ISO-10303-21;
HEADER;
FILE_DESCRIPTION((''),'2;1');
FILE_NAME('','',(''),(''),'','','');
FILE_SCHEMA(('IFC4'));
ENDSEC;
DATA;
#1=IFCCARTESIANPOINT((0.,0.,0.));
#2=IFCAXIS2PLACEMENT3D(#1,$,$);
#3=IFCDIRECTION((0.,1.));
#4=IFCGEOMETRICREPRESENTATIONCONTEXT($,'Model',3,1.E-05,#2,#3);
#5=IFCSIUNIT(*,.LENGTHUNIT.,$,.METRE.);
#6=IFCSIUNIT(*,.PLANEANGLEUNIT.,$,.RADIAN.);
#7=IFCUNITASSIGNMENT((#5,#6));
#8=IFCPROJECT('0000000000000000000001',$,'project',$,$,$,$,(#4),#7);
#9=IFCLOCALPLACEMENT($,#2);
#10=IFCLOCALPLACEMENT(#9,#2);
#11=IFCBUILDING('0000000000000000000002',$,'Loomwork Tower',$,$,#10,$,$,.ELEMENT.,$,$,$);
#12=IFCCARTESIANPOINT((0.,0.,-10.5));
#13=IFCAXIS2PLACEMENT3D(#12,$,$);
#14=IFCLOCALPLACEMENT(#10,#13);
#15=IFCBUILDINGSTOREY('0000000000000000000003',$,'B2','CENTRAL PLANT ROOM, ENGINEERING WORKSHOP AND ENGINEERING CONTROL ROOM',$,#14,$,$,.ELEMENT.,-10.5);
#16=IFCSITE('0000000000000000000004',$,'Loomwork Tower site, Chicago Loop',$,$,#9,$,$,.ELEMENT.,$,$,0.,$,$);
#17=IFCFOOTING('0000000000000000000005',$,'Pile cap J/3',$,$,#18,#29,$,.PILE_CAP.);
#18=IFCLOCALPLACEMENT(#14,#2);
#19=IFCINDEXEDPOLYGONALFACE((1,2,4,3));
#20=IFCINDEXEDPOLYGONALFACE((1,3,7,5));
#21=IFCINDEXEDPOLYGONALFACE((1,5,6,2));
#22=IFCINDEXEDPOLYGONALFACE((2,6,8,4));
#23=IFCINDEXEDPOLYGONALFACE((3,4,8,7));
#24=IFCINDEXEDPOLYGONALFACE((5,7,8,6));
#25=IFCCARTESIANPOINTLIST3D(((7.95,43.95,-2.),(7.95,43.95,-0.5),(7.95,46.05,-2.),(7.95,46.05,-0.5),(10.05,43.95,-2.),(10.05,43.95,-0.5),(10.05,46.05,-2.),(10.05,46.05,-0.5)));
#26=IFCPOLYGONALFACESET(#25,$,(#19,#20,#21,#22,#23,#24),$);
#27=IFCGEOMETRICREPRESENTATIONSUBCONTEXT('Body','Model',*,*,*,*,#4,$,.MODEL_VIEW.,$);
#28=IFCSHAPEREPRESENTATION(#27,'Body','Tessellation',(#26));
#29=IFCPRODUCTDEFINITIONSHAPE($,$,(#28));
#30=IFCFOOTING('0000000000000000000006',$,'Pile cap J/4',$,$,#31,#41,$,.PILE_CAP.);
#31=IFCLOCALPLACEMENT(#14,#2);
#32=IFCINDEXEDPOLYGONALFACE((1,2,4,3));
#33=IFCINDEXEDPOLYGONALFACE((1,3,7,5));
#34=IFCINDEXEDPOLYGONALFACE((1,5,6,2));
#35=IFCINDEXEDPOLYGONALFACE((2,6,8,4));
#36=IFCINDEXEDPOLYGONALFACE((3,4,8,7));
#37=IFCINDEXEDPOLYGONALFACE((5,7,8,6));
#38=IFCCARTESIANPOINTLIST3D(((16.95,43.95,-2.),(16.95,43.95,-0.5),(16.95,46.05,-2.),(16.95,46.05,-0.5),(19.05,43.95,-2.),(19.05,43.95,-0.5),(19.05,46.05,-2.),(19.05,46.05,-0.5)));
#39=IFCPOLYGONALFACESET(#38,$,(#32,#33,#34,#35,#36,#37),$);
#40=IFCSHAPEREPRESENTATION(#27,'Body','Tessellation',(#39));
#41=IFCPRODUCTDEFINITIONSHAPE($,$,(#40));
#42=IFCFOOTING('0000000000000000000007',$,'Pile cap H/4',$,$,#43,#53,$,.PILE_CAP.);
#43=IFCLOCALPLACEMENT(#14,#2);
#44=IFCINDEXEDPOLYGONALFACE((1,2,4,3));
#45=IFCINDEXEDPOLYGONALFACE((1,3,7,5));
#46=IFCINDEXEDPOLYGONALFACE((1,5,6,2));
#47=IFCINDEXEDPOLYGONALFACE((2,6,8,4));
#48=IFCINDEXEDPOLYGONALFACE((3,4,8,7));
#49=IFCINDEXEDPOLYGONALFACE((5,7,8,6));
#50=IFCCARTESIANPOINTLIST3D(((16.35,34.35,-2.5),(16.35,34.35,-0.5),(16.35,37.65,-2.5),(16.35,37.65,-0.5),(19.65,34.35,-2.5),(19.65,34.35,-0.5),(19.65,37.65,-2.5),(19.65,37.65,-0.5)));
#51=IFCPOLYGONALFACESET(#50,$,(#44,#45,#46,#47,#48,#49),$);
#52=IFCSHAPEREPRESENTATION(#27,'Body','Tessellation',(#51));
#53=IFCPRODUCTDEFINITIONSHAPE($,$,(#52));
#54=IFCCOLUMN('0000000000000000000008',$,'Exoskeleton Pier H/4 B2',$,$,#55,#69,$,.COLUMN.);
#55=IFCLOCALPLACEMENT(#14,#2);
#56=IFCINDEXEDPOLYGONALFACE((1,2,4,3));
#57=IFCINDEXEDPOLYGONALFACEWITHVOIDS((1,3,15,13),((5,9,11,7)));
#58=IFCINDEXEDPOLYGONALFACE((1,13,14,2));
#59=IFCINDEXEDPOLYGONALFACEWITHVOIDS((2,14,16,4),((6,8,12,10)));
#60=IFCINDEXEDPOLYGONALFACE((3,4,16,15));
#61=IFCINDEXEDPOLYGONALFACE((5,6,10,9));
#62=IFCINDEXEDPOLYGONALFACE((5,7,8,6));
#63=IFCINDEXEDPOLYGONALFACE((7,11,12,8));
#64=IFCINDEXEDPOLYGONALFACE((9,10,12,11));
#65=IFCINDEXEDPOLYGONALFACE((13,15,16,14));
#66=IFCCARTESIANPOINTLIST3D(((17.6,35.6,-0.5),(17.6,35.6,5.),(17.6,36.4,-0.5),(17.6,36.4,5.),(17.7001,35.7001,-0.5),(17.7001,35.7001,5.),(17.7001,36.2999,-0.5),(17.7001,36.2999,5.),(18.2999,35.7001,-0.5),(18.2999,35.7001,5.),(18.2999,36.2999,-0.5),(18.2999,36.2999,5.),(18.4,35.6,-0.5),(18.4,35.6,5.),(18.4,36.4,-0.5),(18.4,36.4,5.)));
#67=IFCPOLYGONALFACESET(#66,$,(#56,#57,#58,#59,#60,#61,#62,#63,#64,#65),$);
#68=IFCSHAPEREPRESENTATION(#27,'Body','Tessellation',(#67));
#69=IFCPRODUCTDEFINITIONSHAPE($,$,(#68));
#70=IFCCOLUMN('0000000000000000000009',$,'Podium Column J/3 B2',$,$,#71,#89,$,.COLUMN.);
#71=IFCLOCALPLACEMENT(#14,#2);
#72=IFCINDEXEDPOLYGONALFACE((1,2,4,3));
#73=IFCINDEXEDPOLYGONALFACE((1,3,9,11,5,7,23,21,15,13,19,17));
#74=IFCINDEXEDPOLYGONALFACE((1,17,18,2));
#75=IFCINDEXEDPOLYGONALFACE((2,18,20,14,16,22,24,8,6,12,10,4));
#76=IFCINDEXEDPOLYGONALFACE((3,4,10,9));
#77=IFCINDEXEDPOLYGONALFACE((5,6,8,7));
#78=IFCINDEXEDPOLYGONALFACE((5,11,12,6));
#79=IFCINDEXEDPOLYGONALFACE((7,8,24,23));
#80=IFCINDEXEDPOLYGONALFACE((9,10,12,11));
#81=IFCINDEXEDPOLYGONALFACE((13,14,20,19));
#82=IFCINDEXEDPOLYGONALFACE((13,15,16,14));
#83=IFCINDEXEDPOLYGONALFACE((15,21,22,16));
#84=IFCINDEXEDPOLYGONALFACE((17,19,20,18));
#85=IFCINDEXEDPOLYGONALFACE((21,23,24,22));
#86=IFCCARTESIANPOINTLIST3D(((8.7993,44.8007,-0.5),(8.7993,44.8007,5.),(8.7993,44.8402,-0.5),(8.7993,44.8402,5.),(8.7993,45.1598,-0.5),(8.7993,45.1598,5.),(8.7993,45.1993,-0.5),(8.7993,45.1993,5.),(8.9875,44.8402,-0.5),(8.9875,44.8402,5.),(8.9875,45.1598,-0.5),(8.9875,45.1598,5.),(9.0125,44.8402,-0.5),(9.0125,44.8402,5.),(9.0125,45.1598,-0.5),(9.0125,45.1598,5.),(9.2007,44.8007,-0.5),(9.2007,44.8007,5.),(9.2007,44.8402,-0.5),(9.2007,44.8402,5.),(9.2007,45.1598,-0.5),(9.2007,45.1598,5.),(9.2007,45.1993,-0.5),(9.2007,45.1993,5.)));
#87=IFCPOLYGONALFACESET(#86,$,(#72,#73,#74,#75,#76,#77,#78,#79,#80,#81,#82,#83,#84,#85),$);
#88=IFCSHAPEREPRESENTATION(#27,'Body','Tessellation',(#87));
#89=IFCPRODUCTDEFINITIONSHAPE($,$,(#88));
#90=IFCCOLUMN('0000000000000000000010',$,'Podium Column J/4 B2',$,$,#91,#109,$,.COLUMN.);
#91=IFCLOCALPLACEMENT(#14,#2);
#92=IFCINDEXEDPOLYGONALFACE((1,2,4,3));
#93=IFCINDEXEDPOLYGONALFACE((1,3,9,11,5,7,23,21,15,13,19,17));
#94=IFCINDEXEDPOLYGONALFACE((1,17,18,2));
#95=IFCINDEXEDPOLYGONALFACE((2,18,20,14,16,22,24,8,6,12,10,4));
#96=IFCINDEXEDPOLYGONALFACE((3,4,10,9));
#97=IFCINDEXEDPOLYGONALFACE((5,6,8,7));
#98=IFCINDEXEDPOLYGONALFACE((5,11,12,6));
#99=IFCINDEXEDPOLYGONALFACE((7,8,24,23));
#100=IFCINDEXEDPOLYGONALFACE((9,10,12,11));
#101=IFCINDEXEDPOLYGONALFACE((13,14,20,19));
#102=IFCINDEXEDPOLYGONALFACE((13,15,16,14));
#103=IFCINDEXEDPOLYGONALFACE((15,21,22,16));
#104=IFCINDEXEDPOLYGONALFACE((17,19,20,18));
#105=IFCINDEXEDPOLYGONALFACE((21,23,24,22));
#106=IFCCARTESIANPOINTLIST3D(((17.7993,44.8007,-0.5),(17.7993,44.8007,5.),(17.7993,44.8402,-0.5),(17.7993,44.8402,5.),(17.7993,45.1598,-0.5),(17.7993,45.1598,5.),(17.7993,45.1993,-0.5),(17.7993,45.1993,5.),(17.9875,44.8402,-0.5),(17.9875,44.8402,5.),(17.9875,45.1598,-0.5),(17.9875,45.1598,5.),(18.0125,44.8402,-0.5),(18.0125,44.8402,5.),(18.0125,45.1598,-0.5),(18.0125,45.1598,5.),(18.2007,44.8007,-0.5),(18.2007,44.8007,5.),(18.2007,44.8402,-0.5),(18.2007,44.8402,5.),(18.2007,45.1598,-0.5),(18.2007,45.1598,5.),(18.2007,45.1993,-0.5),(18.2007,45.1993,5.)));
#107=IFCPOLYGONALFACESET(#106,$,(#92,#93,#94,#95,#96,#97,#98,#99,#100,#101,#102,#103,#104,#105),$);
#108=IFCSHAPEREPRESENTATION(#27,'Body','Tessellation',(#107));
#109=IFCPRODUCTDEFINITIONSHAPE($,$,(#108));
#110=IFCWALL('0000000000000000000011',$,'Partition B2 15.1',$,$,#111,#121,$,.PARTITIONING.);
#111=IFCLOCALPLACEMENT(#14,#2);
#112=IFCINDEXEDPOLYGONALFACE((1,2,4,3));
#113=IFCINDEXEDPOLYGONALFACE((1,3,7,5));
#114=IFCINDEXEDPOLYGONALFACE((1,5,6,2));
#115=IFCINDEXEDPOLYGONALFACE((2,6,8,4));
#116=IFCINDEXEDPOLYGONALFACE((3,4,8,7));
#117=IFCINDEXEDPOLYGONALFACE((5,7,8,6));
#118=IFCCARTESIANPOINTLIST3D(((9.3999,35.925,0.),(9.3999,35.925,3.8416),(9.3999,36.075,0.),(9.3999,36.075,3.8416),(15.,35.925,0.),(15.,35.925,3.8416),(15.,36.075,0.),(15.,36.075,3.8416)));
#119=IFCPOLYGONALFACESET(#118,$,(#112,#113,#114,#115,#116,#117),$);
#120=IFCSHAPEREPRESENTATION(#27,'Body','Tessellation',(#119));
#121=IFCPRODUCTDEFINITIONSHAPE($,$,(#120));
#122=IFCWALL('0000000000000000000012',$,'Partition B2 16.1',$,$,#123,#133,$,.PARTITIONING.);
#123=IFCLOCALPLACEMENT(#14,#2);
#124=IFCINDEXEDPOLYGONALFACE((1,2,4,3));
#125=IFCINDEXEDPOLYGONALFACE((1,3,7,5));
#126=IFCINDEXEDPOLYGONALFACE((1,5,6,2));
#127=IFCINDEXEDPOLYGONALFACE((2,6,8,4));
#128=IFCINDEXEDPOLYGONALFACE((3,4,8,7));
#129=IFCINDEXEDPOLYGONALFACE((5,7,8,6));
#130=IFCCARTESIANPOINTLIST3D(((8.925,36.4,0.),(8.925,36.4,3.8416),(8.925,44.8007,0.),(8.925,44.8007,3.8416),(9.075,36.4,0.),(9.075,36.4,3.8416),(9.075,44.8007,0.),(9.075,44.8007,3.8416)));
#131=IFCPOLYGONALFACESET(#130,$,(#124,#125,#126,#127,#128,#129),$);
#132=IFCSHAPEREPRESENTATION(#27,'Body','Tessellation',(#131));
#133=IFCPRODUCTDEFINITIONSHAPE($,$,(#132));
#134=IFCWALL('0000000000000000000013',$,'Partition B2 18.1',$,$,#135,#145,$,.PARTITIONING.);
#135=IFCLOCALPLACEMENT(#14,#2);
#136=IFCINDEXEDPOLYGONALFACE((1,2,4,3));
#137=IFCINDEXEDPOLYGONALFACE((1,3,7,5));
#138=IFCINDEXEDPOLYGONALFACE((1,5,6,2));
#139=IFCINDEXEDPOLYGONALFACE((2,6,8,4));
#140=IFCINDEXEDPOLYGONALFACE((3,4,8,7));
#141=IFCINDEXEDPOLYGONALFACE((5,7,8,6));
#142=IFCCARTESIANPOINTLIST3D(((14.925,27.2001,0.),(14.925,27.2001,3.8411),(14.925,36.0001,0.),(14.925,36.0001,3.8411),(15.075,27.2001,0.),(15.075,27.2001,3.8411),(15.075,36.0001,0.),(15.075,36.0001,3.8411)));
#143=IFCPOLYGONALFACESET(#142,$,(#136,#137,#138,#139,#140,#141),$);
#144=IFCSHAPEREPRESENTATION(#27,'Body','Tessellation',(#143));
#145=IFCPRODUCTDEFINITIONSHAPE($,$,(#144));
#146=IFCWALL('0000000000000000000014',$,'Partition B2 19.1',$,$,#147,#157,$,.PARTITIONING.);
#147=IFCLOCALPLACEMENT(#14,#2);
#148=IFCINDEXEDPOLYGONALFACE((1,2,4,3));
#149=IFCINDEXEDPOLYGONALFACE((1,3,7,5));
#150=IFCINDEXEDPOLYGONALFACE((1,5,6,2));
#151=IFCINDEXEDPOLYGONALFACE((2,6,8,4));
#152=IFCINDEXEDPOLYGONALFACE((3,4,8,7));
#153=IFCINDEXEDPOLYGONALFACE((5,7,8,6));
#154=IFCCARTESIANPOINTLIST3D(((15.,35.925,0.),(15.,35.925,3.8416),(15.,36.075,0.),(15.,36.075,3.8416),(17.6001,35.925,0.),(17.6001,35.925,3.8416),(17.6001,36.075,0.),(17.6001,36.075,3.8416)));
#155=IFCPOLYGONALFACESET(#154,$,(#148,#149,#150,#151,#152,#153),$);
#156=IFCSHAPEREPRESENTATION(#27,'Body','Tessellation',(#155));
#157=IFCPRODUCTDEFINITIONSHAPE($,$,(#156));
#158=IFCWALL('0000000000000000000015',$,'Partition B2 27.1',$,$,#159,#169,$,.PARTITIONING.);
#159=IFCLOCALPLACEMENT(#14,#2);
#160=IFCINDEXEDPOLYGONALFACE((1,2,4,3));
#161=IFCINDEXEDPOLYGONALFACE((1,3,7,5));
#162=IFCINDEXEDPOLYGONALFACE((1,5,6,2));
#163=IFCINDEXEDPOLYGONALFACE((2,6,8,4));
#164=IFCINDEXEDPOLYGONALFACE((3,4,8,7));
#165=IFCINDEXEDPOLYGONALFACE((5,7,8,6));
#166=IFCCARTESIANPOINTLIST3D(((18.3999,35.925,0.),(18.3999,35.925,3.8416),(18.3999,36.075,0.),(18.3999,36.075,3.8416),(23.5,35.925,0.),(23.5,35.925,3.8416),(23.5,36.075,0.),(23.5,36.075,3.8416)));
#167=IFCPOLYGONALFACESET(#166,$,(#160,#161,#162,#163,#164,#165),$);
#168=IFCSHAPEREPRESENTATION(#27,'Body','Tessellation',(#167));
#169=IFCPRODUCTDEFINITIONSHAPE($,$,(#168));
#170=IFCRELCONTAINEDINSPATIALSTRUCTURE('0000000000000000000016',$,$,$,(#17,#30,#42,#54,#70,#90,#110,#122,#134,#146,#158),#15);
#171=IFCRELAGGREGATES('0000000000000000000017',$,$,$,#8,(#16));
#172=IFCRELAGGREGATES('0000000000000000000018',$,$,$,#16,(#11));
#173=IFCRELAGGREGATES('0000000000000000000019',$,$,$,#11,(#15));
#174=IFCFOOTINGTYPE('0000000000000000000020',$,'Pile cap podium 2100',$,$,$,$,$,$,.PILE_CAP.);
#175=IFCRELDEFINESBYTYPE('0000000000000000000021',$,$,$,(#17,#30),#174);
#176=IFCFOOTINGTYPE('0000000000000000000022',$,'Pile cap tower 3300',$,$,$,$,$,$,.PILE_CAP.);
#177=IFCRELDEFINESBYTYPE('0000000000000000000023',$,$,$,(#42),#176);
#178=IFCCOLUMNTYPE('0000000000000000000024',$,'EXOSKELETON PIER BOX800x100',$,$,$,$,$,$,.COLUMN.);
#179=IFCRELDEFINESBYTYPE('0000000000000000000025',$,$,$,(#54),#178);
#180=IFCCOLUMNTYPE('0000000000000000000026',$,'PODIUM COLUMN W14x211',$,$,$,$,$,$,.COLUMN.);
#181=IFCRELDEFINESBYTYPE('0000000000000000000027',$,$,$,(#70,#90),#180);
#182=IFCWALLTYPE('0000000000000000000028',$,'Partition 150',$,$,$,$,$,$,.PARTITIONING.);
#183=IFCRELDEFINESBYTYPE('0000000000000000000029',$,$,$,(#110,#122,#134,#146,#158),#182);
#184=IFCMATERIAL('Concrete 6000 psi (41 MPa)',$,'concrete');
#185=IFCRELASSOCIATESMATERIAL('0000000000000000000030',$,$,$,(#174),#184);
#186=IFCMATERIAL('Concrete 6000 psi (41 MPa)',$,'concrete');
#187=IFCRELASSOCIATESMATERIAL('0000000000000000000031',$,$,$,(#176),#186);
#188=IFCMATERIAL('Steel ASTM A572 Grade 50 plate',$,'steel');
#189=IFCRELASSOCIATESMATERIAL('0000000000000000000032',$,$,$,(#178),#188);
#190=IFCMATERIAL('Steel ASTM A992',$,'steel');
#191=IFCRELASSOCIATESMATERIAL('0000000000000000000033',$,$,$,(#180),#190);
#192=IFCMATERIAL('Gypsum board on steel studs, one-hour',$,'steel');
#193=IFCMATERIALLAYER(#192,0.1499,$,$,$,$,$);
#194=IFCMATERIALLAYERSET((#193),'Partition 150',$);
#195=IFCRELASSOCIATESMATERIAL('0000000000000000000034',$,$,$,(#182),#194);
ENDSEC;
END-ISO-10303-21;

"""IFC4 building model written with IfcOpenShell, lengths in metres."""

from ifc_helpers import new_model, si_unit, direction, frame, frame_2d, origin, origin_2d, place, context, subcontext, project, spatial, rectangle, hollow_rectangle, i_section, extrude, material, layer, layer_set, material_profile, profile_set, type_object, element, save


model = new_model("IFC4")

# Units and contexts
model_context = context("Model", 3, precision=1e-05, world=origin(), true_north=direction((0.0, 1.0)))
body_context = subcontext(model_context, "Body", "Model", "MODEL_VIEW")
ifc_project = project(units=[si_unit("LENGTHUNIT", "METRE"), si_unit("PLANEANGLEUNIT", "RADIAN")], contexts=[model_context])

# Site, building, storey
site_placement = place(None, origin())
site = spatial("IfcSite", under=ifc_project, at=site_placement, Name="Loomwork Tower site, Chicago Loop", CompositionType="ELEMENT", RefElevation=0.0)
building_placement = place(site_placement, origin())
building = spatial("IfcBuilding", under=site, at=building_placement, Name="Loomwork Tower", CompositionType="ELEMENT")
storey_placement = place(building_placement, frame((0.0, 0.0, -10.5)))
storey = spatial("IfcBuildingStorey", under=building, at=storey_placement, Name="B2", Description="CENTRAL PLANT ROOM, ENGINEERING WORKSHOP AND ENGINEERING CONTROL ROOM", CompositionType="ELEMENT", Elevation=-10.5)

# Footings
ifc_material_1 = material(Name="Concrete 6000 psi (41 MPa)", Category="concrete")
footing_type_1 = type_object("IfcFootingType", Name="Pile cap podium 2100", PredefinedType="PILE_CAP", material=ifc_material_1)
for number, where, z_axis, x_axis, name in (
    (1, (9.0, 45.0, -2.0), (0.0, 0.0, 1.0), (1.0, 0.0, 0.0), "Pile cap J/3"),
    (2, (18.0, 45.0, -2.0), (0.0, 0.0, 1.0), (1.0, 0.0, 0.0), "Pile cap J/4"),
):
    element("IfcFooting", number, at=place(storey_placement, frame(where, z_axis=z_axis, x_axis=x_axis)), inside=storey, type_object=footing_type_1, Name=name, PredefinedType="PILE_CAP", context=body_context, shape_type="SweptSolid", body=[
        extrude(rectangle(XDim=2.1001, YDim=2.1001, at=origin_2d()), origin(), (0.0, 0.0, 1.0), 1.5),
    ])
ifc_material_2 = material(Name="Concrete 6000 psi (41 MPa)", Category="concrete")
footing_type_2 = type_object("IfcFootingType", Name="Pile cap tower 3300", PredefinedType="PILE_CAP", material=ifc_material_2)
footing_placement = place(storey_placement, frame((18.0, 36.0, -2.5), z_axis=(0.0, 0.0, 1.0), x_axis=(1.0, 0.0, 0.0)))
element("IfcFooting", 3, at=footing_placement, inside=storey, type_object=footing_type_2, Name="Pile cap H/4", PredefinedType="PILE_CAP", context=body_context, shape_type="SweptSolid", body=[
    extrude(rectangle(XDim=3.3, YDim=3.3, at=origin_2d()), origin(), (0.0, 0.0, 1.0), 2.0),
])

# Columns
ifc_material_3 = material(Name="Steel ASTM A572 Grade 50 plate", Category="steel")
ifc_material_profile_1 = material_profile(ifc_material_3, hollow_rectangle(XDim=0.8, YDim=0.8, WallThickness=0.1001, at=origin_2d()), Name="BOX800x100")
ifc_profile_set_1 = profile_set([ifc_material_profile_1], Name="Steel ASTM A572 Grade 50 plate")
column_type_1 = type_object("IfcColumnType", Name="EXOSKELETON PIER BOX800x100", PredefinedType="COLUMN", material=ifc_profile_set_1)
column_placement = place(storey_placement, frame((18.0, 36.0, -0.5), z_axis=(0.0, 0.0, 1.0), x_axis=(1.0, 0.0, 0.0)))
element("IfcColumn", 4, at=column_placement, inside=storey, type_object=column_type_1, Name="Exoskeleton Pier H/4 B2", PredefinedType="COLUMN", context=body_context, shape_type="SweptSolid", body=[
    extrude(hollow_rectangle(XDim=0.8, YDim=0.8, WallThickness=0.1001, at=origin_2d()), origin(), (0.0, 0.0, 1.0), 5.5),
])
ifc_material_4 = material(Name="Steel ASTM A992", Category="steel")
ifc_material_profile_2 = material_profile(ifc_material_4, i_section(OverallWidth=0.4014, OverallDepth=0.3987, WebThickness=0.0249, FlangeThickness=0.0396, at=origin_2d()), Name="W14x211")
ifc_profile_set_2 = profile_set([ifc_material_profile_2], Name="Steel ASTM A992")
column_type_2 = type_object("IfcColumnType", Name="PODIUM COLUMN W14x211", PredefinedType="COLUMN", material=ifc_profile_set_2)
for number, where, z_axis, x_axis, name in (
    (5, (9.0, 45.0, -0.5), (0.0, 0.0, 1.0), (1.0, 0.0, 0.0), "Podium Column J/3 B2"),
    (6, (18.0, 45.0, -0.5), (0.0, 0.0, 1.0), (1.0, 0.0, 0.0), "Podium Column J/4 B2"),
):
    element("IfcColumn", number, at=place(storey_placement, frame(where, z_axis=z_axis, x_axis=x_axis)), inside=storey, type_object=column_type_2, Name=name, PredefinedType="COLUMN", context=body_context, shape_type="SweptSolid", body=[
        extrude(i_section(OverallWidth=0.4014, OverallDepth=0.3987, WebThickness=0.0249, FlangeThickness=0.0396, at=origin_2d()), origin(), (0.0, 0.0, 1.0), 5.5),
    ])

# Walls
ifc_material_5 = material(Name="Gypsum board on steel studs, one-hour", Category="steel")
ifc_layer_1 = layer(ifc_material_5, 0.1499)
ifc_layer_set_1 = layer_set([ifc_layer_1], Name="Partition 150")
wall_type = type_object("IfcWallType", Name="Partition 150", PredefinedType="PARTITIONING", material=ifc_layer_set_1)
wall_1_placement = place(storey_placement, frame((9.3999, 36.0, 0.0), z_axis=(0.0, 0.0, 1.0), x_axis=(1.0, 0.0, 0.0)))
element("IfcWall", 7, at=wall_1_placement, inside=storey, type_object=wall_type, Name="Partition B2 15.1", PredefinedType="PARTITIONING", context=body_context, shape_type="SweptSolid", body=[
    extrude(rectangle(XDim=5.6001, YDim=0.1499, at=frame_2d((2.8, 0.0))), origin(), (0.0, 0.0, 1.0), 3.8416),
])
wall_2_placement = place(storey_placement, frame((9.0, 44.8005, 0.0), z_axis=(0.0, 0.0, 1.0), x_axis=(0.0, -1.0, 0.0)))
element("IfcWall", 8, at=wall_2_placement, inside=storey, type_object=wall_type, Name="Partition B2 16.1", PredefinedType="PARTITIONING", context=body_context, shape_type="SweptSolid", body=[
    extrude(rectangle(XDim=8.4006, YDim=0.1499, at=frame_2d((4.2002, 0.0))), origin(), (0.0, 0.0, 1.0), 3.8416),
])
wall_3_placement = place(storey_placement, frame((15.0, 36.0, 0.0), z_axis=(0.0, 0.0, 1.0), x_axis=(0.0, -1.0, 0.0)))
element("IfcWall", 9, at=wall_3_placement, inside=storey, type_object=wall_type, Name="Partition B2 18.1", PredefinedType="PARTITIONING", context=body_context, shape_type="SweptSolid", body=[
    extrude(rectangle(XDim=8.8, YDim=0.1499, at=frame_2d((4.3999, 0.0))), origin(), (0.0, 0.0, 1.0), 3.8411),
])
wall_4_placement = place(storey_placement, frame((15.0, 36.0, 0.0), z_axis=(0.0, 0.0, 1.0), x_axis=(1.0, 0.0, 0.0)))
element("IfcWall", 10, at=wall_4_placement, inside=storey, type_object=wall_type, Name="Partition B2 19.1", PredefinedType="PARTITIONING", context=body_context, shape_type="SweptSolid", body=[
    extrude(rectangle(XDim=2.6001, YDim=0.1499, at=frame_2d((1.3, 0.0))), origin(), (0.0, 0.0, 1.0), 3.8416),
])
wall_5_placement = place(storey_placement, frame((23.5, 36.0, 0.0), z_axis=(0.0, 0.0, 1.0), x_axis=(-1.0, 0.0, 0.0)))
element("IfcWall", 11, at=wall_5_placement, inside=storey, type_object=wall_type, Name="Partition B2 27.1", PredefinedType="PARTITIONING", context=body_context, shape_type="SweptSolid", body=[
    extrude(rectangle(XDim=5.1001, YDim=0.1499, at=frame_2d((2.55, 0.0))), origin(), (0.0, 0.0, 1.0), 3.8416),
])

save(model, "model.ifc")
